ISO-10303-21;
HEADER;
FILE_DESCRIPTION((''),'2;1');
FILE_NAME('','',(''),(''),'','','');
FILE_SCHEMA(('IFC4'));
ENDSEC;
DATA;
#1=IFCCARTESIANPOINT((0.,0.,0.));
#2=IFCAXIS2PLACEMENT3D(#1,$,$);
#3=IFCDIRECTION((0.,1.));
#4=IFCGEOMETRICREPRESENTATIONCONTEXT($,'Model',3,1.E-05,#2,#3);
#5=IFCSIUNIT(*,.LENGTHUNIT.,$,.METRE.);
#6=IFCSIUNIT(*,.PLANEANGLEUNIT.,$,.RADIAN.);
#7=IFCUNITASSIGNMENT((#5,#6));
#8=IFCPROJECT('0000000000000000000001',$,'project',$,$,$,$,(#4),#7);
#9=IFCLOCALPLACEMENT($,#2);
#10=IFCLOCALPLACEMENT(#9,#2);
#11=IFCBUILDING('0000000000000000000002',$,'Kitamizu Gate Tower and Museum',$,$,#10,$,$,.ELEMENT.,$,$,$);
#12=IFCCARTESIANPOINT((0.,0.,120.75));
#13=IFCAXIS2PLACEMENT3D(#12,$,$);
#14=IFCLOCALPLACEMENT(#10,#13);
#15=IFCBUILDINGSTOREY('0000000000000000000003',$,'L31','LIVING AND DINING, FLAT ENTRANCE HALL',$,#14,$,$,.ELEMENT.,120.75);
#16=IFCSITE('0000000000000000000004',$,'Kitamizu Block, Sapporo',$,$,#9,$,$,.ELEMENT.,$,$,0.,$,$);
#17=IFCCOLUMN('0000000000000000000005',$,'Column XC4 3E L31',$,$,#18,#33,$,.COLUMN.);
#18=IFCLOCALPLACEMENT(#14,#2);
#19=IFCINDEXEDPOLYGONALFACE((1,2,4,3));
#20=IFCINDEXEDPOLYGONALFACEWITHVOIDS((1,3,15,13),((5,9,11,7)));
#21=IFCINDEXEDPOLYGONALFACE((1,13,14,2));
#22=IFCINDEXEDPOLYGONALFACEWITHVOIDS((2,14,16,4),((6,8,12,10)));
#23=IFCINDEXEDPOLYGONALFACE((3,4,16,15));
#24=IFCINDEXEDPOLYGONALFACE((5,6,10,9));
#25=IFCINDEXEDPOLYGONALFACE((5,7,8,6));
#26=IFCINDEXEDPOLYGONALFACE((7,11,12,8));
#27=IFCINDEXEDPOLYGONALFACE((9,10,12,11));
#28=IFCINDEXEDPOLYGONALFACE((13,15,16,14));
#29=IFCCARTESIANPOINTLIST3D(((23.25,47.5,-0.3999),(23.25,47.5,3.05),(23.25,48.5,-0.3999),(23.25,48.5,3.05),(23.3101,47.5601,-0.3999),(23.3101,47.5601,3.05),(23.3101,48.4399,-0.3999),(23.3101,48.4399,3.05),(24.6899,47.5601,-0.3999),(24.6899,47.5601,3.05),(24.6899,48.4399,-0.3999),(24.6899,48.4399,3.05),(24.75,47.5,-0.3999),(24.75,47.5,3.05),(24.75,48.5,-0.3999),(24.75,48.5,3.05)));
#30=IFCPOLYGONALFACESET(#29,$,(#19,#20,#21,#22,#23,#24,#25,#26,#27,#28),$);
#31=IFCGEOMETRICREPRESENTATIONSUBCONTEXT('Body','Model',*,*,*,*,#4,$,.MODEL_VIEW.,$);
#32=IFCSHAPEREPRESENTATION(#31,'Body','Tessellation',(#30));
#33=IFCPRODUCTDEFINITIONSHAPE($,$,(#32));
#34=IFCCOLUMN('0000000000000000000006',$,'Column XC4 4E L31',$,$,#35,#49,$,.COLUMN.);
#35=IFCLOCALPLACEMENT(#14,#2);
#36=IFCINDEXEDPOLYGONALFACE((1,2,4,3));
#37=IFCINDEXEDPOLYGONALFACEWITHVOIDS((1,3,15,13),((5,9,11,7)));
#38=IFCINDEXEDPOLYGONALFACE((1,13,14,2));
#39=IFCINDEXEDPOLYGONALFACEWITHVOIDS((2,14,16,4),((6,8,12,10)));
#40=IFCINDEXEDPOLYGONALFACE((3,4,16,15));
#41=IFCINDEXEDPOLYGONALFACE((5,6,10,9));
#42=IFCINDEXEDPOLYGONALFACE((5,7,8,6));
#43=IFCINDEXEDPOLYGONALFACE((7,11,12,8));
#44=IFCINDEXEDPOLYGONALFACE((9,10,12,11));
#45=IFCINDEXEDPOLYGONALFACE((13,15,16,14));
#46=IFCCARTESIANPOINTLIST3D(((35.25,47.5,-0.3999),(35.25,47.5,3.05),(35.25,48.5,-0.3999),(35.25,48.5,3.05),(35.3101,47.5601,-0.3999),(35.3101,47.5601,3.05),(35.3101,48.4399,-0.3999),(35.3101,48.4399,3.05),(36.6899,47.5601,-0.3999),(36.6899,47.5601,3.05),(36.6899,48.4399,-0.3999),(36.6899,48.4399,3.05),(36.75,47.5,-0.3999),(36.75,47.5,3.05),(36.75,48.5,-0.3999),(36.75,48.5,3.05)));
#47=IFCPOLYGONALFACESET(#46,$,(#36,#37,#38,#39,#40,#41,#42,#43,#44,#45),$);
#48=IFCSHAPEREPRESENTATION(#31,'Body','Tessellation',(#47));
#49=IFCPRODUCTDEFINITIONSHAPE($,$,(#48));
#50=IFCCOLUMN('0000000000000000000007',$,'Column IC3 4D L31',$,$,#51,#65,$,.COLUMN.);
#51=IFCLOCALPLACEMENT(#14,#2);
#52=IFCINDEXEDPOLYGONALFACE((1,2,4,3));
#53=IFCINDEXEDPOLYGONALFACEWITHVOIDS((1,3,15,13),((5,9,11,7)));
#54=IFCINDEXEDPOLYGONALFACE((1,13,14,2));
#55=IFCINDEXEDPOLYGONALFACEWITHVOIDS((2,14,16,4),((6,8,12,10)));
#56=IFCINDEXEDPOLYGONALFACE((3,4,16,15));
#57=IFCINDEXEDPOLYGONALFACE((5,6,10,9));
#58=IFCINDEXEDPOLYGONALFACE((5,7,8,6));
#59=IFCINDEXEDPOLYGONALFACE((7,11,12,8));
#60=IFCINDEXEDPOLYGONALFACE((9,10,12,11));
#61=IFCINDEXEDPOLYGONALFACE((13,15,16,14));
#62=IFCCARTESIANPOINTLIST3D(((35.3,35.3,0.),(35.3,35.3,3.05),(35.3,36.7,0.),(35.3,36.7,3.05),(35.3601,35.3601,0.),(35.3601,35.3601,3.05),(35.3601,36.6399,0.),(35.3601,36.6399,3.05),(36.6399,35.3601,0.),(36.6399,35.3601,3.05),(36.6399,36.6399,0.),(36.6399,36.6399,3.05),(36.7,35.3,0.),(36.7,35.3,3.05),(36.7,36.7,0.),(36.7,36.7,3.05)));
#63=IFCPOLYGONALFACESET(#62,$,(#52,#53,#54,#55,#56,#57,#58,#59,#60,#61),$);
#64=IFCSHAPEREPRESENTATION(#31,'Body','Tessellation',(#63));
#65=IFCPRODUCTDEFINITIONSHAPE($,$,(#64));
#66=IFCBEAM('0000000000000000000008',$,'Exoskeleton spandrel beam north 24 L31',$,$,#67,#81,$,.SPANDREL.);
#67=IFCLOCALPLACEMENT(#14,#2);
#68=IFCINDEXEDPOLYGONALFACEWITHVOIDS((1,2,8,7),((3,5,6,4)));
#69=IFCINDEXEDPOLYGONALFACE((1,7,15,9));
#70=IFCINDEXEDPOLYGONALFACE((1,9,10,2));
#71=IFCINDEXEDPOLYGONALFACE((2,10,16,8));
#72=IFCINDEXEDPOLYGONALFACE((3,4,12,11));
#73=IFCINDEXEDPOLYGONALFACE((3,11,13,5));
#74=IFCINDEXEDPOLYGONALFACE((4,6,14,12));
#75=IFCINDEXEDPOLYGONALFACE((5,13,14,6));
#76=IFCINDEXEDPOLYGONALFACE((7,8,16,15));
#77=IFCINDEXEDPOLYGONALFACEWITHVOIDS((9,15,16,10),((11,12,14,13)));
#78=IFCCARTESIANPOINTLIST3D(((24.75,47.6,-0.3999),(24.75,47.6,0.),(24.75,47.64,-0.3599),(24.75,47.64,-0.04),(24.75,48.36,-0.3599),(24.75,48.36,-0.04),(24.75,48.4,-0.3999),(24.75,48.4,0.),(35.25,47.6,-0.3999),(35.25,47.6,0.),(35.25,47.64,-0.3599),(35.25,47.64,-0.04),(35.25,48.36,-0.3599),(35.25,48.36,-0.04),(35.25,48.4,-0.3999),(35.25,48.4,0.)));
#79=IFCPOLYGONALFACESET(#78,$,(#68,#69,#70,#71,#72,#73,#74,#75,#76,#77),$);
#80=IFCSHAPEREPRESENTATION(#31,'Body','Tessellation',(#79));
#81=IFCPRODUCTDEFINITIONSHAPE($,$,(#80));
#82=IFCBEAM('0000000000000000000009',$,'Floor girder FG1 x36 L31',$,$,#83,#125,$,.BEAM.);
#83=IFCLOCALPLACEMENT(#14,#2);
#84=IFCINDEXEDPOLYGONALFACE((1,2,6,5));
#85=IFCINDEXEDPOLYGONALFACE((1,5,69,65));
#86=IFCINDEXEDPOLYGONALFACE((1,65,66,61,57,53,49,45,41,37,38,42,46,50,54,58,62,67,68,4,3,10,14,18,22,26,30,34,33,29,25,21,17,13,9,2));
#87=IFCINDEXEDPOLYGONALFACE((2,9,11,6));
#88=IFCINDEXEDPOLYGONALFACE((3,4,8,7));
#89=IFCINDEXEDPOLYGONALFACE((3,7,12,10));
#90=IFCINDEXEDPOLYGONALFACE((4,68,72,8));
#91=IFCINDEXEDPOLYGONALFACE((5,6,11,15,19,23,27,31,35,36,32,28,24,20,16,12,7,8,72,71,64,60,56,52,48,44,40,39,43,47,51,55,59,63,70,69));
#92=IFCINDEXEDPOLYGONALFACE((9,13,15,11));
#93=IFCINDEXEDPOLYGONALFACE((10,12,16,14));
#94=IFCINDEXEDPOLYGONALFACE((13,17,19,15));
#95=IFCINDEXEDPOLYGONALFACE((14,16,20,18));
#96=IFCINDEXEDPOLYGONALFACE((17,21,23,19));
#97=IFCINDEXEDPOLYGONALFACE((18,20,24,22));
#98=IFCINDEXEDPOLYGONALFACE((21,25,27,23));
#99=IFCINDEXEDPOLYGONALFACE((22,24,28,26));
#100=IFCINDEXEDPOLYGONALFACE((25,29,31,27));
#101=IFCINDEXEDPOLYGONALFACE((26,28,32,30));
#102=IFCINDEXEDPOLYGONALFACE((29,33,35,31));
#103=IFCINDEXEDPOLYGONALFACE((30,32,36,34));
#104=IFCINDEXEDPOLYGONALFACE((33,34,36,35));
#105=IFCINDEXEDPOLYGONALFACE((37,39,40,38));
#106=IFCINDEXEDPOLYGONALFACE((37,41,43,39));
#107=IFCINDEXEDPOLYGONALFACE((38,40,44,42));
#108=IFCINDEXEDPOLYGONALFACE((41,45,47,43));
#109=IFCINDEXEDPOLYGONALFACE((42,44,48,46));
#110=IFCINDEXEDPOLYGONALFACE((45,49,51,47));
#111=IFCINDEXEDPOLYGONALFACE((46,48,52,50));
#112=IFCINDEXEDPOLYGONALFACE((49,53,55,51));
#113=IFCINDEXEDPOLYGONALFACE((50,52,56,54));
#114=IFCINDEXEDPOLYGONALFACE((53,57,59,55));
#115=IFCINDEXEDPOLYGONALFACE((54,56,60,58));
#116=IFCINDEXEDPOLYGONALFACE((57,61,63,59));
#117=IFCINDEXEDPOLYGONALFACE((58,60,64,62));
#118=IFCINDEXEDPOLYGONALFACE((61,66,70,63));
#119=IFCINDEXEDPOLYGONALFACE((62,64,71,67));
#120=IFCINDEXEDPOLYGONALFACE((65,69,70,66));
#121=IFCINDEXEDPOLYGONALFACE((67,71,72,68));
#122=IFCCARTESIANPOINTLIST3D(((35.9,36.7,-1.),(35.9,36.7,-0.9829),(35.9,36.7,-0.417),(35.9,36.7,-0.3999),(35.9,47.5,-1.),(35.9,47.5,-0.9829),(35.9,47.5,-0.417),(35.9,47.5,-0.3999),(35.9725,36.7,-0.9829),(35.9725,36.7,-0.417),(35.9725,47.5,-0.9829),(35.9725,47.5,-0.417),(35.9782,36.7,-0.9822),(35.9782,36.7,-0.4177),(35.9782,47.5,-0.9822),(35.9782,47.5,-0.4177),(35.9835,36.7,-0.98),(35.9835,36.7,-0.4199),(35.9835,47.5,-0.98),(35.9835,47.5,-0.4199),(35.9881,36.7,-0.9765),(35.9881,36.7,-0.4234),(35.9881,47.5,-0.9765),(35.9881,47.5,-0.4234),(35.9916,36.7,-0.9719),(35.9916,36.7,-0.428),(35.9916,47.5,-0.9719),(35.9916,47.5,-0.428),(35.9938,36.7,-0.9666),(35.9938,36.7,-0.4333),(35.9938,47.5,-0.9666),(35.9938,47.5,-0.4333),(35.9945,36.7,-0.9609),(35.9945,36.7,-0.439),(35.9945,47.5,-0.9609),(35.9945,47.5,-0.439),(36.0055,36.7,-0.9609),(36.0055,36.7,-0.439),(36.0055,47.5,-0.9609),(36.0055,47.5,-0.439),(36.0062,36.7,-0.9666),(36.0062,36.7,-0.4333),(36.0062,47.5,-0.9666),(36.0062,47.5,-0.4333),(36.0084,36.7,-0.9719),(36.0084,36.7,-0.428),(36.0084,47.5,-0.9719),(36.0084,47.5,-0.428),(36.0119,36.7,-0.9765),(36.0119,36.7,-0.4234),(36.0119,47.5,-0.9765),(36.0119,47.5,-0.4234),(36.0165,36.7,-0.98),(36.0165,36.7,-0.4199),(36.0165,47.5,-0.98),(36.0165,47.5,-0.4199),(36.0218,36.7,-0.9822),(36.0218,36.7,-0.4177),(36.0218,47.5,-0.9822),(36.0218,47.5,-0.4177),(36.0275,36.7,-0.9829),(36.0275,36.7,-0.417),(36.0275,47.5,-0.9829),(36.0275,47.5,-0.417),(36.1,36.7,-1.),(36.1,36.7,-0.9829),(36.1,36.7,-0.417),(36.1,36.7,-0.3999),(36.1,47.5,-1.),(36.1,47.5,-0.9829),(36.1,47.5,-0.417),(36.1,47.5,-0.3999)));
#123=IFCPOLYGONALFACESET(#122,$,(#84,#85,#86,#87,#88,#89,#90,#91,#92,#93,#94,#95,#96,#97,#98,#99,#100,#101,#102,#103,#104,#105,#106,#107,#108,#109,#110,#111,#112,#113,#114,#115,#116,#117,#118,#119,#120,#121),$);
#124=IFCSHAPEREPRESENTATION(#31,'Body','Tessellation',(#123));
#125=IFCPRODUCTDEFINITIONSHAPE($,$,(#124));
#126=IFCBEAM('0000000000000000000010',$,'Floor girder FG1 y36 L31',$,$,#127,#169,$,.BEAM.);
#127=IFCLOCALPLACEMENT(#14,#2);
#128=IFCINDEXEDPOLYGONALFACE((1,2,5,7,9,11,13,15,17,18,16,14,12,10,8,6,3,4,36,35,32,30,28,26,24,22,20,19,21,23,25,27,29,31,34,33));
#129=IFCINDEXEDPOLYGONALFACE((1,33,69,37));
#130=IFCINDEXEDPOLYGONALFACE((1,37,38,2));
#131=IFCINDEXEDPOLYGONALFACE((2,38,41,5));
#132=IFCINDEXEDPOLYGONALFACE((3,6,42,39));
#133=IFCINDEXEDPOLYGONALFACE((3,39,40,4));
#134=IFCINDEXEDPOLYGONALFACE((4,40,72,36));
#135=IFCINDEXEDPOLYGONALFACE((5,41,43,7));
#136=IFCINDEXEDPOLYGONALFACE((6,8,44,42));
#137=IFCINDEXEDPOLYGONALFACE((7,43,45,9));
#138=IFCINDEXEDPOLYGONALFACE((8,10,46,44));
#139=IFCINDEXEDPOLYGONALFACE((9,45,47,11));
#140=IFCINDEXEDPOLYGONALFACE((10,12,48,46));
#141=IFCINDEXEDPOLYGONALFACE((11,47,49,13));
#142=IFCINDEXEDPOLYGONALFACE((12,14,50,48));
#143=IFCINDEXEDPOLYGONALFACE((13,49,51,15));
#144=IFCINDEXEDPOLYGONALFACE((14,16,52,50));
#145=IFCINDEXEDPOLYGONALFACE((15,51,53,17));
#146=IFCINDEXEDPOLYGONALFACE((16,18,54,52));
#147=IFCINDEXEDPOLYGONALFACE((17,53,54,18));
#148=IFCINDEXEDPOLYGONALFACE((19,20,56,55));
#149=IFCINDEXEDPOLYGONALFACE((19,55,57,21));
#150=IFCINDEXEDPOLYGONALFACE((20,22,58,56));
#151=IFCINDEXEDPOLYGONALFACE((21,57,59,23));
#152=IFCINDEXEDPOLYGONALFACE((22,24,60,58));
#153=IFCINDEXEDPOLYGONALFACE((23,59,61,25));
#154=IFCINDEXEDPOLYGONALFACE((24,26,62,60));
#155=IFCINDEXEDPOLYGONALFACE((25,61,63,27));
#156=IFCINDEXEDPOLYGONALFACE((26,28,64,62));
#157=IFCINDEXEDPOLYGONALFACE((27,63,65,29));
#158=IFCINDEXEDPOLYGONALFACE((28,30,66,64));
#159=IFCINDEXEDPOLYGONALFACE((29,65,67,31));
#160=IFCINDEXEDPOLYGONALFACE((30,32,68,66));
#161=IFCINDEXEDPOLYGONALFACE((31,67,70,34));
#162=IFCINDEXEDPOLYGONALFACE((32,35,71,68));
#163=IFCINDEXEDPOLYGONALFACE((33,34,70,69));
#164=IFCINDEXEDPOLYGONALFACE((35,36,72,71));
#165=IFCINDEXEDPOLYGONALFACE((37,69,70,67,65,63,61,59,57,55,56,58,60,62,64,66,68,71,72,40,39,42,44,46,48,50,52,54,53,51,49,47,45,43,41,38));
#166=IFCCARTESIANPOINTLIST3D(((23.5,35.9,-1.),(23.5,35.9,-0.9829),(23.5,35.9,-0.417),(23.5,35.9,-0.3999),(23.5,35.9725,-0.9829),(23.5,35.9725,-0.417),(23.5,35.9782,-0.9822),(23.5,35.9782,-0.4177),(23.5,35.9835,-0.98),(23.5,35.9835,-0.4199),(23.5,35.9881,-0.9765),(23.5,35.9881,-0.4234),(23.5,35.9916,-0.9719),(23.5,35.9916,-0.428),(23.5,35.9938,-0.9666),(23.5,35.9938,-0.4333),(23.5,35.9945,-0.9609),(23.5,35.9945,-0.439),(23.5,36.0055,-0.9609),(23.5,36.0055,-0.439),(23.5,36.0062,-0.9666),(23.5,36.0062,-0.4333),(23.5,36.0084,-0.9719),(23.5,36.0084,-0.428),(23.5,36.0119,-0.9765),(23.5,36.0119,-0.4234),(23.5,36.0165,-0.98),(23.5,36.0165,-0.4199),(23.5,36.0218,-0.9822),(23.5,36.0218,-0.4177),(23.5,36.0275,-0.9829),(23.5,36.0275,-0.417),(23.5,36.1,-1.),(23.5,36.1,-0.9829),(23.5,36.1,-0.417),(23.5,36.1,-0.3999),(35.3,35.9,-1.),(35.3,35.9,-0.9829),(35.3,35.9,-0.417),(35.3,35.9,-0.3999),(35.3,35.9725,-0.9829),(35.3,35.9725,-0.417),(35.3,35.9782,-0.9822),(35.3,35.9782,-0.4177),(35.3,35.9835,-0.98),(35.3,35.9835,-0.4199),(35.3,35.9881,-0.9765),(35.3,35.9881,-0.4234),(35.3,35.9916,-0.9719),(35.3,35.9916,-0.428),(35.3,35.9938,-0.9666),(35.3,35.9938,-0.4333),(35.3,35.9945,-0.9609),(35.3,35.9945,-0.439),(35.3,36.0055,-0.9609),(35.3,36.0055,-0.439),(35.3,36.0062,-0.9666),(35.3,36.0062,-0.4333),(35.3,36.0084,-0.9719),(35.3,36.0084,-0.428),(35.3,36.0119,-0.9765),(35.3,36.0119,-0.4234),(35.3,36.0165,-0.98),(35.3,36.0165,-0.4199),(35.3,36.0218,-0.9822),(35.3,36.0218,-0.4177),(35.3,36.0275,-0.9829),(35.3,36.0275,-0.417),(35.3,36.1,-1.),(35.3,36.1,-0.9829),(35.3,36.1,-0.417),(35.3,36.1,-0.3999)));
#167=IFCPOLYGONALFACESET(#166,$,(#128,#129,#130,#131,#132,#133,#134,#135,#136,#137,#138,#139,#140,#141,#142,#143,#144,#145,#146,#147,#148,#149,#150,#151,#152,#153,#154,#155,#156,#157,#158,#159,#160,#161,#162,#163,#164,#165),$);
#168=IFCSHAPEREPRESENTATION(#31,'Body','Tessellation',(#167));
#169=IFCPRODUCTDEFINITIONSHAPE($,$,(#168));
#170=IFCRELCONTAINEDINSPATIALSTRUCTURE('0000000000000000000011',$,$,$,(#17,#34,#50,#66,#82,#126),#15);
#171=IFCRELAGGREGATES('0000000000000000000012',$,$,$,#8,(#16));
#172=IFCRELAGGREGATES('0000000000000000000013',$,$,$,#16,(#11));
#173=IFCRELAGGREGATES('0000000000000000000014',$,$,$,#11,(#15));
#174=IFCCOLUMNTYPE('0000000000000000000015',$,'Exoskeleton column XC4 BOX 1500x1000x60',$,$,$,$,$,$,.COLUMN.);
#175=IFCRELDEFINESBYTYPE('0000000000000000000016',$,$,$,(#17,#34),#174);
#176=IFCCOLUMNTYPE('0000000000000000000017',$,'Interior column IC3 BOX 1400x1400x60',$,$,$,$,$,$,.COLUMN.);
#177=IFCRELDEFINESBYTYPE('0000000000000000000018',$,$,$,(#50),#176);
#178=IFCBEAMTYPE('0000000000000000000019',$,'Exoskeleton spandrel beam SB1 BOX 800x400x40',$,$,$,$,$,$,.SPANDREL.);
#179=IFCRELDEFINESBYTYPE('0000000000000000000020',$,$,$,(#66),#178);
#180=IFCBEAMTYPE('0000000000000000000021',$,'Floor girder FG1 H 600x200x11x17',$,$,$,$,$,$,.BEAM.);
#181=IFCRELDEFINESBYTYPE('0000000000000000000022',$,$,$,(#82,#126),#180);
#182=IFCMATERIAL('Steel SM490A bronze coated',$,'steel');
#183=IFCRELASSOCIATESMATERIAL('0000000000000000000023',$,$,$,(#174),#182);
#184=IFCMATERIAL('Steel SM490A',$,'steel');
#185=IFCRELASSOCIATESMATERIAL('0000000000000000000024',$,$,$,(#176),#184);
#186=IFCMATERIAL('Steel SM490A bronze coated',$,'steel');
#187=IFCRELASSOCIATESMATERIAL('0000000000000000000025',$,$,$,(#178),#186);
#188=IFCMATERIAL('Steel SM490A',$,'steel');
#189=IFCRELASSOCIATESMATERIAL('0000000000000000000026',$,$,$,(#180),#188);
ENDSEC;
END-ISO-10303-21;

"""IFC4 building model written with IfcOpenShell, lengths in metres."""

from ifc_helpers import new_model, si_unit, direction, frame, origin, origin_2d, place, context, subcontext, project, spatial, hollow_rectangle, i_section, extrude, material, material_profile, profile_set, type_object, element, save


model = new_model("IFC4")

# Units and contexts
model_context = context("Model", 3, precision=1e-05, world=origin(), true_north=direction((0.0, 1.0)))
body_context = subcontext(model_context, "Body", "Model", "MODEL_VIEW")
ifc_project = project(units=[si_unit("LENGTHUNIT", "METRE"), si_unit("PLANEANGLEUNIT", "RADIAN")], contexts=[model_context])

# Site, building, storey
site_placement = place(None, origin())
site = spatial("IfcSite", under=ifc_project, at=site_placement, Name="Kitamizu Block, Sapporo", CompositionType="ELEMENT", RefElevation=0.0)
building_placement = place(site_placement, origin())
building = spatial("IfcBuilding", under=site, at=building_placement, Name="Kitamizu Gate Tower and Museum", CompositionType="ELEMENT")
storey_placement = place(building_placement, frame((0.0, 0.0, 120.75)))
storey = spatial("IfcBuildingStorey", under=building, at=storey_placement, Name="L31", Description="LIVING AND DINING, FLAT ENTRANCE HALL", CompositionType="ELEMENT", Elevation=120.75)

# Columns
ifc_material_1 = material(Name="Steel SM490A bronze coated", Category="steel")
ifc_material_profile_1 = material_profile(ifc_material_1, hollow_rectangle(XDim=1.5, YDim=1.0, WallThickness=0.0601, at=origin_2d()), Name="BOX 1500x1000x60")
ifc_profile_set_1 = profile_set([ifc_material_profile_1], Name="Steel SM490A bronze coated")
column_type_1 = type_object("IfcColumnType", Name="Exoskeleton column XC4 BOX 1500x1000x60", PredefinedType="COLUMN", material=ifc_profile_set_1)
for number, where, z_axis, x_axis, name in (
    (1, (24.0, 48.0, -0.3999), (0.0, 0.0, 1.0), (1.0, 0.0, 0.0), "Column XC4 3E L31"),
    (2, (36.0, 48.0, -0.3999), (0.0, 0.0, 1.0), (1.0, 0.0, 0.0), "Column XC4 4E L31"),
):
    element("IfcColumn", number, at=place(storey_placement, frame(where, z_axis=z_axis, x_axis=x_axis)), inside=storey, type_object=column_type_1, Name=name, PredefinedType="COLUMN", context=body_context, shape_type="SweptSolid", body=[
        extrude(hollow_rectangle(XDim=1.5, YDim=1.0, WallThickness=0.0601, at=origin_2d()), origin(), (0.0, 0.0, 1.0), 3.45),
    ])
ifc_material_2 = material(Name="Steel SM490A", Category="steel")
ifc_material_profile_2 = material_profile(ifc_material_2, hollow_rectangle(XDim=1.3999, YDim=1.3999, WallThickness=0.0601, at=origin_2d()), Name="BOX 1400x1400x60")
ifc_profile_set_2 = profile_set([ifc_material_profile_2], Name="Steel SM490A")
column_type_2 = type_object("IfcColumnType", Name="Interior column IC3 BOX 1400x1400x60", PredefinedType="COLUMN", material=ifc_profile_set_2)
column_placement = place(storey_placement, frame((36.0, 36.0, 0.0), z_axis=(0.0, 0.0, 1.0), x_axis=(1.0, 0.0, 0.0)))
element("IfcColumn", 3, at=column_placement, inside=storey, type_object=column_type_2, Name="Column IC3 4D L31", PredefinedType="COLUMN", context=body_context, shape_type="SweptSolid", body=[
    extrude(hollow_rectangle(XDim=1.3999, YDim=1.3999, WallThickness=0.0601, at=origin_2d()), origin(), (0.0, 0.0, 1.0), 3.05),
])

# Beams
ifc_material_3 = material(Name="Steel SM490A bronze coated", Category="steel")
ifc_material_profile_3 = material_profile(ifc_material_3, hollow_rectangle(XDim=0.8, YDim=0.3999, WallThickness=0.04, at=origin_2d()), Name="BOX 800x400x40")
ifc_profile_set_3 = profile_set([ifc_material_profile_3], Name="Steel SM490A bronze coated")
beam_type_1 = type_object("IfcBeamType", Name="Exoskeleton spandrel beam SB1 BOX 800x400x40", PredefinedType="SPANDREL", material=ifc_profile_set_3)
beam_1_placement = place(storey_placement, frame((24.75, 48.0, -0.2), z_axis=(1.0, 0.0, 0.0), x_axis=(0.0, 1.0, 0.0)))
element("IfcBeam", 4, at=beam_1_placement, inside=storey, type_object=beam_type_1, Name="Exoskeleton spandrel beam north 24 L31", PredefinedType="SPANDREL", context=body_context, shape_type="SweptSolid", body=[
    extrude(hollow_rectangle(XDim=0.8, YDim=0.3999, WallThickness=0.04, at=origin_2d()), origin(), (0.0, 0.0, 1.0), 10.5),
])
ifc_material_4 = material(Name="Steel SM490A", Category="steel")
ifc_material_profile_4 = material_profile(ifc_material_4, i_section(OverallWidth=0.2, OverallDepth=0.6001, WebThickness=0.011, FlangeThickness=0.0171, FilletRadius=0.022, at=origin_2d()), Name="H-600x200x11x17")
ifc_profile_set_4 = profile_set([ifc_material_profile_4], Name="Steel SM490A")
beam_type_2 = type_object("IfcBeamType", Name="Floor girder FG1 H 600x200x11x17", PredefinedType="BEAM", material=ifc_profile_set_4)
beam_2_placement = place(storey_placement, frame((36.0, 36.7, -0.7), z_axis=(0.0, 1.0, 0.0), x_axis=(-1.0, 0.0, 0.0)))
element("IfcBeam", 5, at=beam_2_placement, inside=storey, type_object=beam_type_2, Name="Floor girder FG1 x36 L31", PredefinedType="BEAM", context=body_context, shape_type="SweptSolid", body=[
    extrude(i_section(OverallWidth=0.2, OverallDepth=0.6001, WebThickness=0.011, FlangeThickness=0.0171, FilletRadius=0.022, at=origin_2d()), origin(), (0.0, 0.0, 1.0), 10.8),
])
beam_3_placement = place(storey_placement, frame((23.5, 36.0, -0.7), z_axis=(1.0, 0.0, 0.0), x_axis=(0.0, 1.0, 0.0)))
element("IfcBeam", 6, at=beam_3_placement, inside=storey, type_object=beam_type_2, Name="Floor girder FG1 y36 L31", PredefinedType="BEAM", context=body_context, shape_type="SweptSolid", body=[
    extrude(i_section(OverallWidth=0.2, OverallDepth=0.6001, WebThickness=0.011, FlangeThickness=0.0171, FilletRadius=0.022, at=origin_2d()), origin(), (0.0, 0.0, 1.0), 11.8),
])

save(model, "model.ifc")
